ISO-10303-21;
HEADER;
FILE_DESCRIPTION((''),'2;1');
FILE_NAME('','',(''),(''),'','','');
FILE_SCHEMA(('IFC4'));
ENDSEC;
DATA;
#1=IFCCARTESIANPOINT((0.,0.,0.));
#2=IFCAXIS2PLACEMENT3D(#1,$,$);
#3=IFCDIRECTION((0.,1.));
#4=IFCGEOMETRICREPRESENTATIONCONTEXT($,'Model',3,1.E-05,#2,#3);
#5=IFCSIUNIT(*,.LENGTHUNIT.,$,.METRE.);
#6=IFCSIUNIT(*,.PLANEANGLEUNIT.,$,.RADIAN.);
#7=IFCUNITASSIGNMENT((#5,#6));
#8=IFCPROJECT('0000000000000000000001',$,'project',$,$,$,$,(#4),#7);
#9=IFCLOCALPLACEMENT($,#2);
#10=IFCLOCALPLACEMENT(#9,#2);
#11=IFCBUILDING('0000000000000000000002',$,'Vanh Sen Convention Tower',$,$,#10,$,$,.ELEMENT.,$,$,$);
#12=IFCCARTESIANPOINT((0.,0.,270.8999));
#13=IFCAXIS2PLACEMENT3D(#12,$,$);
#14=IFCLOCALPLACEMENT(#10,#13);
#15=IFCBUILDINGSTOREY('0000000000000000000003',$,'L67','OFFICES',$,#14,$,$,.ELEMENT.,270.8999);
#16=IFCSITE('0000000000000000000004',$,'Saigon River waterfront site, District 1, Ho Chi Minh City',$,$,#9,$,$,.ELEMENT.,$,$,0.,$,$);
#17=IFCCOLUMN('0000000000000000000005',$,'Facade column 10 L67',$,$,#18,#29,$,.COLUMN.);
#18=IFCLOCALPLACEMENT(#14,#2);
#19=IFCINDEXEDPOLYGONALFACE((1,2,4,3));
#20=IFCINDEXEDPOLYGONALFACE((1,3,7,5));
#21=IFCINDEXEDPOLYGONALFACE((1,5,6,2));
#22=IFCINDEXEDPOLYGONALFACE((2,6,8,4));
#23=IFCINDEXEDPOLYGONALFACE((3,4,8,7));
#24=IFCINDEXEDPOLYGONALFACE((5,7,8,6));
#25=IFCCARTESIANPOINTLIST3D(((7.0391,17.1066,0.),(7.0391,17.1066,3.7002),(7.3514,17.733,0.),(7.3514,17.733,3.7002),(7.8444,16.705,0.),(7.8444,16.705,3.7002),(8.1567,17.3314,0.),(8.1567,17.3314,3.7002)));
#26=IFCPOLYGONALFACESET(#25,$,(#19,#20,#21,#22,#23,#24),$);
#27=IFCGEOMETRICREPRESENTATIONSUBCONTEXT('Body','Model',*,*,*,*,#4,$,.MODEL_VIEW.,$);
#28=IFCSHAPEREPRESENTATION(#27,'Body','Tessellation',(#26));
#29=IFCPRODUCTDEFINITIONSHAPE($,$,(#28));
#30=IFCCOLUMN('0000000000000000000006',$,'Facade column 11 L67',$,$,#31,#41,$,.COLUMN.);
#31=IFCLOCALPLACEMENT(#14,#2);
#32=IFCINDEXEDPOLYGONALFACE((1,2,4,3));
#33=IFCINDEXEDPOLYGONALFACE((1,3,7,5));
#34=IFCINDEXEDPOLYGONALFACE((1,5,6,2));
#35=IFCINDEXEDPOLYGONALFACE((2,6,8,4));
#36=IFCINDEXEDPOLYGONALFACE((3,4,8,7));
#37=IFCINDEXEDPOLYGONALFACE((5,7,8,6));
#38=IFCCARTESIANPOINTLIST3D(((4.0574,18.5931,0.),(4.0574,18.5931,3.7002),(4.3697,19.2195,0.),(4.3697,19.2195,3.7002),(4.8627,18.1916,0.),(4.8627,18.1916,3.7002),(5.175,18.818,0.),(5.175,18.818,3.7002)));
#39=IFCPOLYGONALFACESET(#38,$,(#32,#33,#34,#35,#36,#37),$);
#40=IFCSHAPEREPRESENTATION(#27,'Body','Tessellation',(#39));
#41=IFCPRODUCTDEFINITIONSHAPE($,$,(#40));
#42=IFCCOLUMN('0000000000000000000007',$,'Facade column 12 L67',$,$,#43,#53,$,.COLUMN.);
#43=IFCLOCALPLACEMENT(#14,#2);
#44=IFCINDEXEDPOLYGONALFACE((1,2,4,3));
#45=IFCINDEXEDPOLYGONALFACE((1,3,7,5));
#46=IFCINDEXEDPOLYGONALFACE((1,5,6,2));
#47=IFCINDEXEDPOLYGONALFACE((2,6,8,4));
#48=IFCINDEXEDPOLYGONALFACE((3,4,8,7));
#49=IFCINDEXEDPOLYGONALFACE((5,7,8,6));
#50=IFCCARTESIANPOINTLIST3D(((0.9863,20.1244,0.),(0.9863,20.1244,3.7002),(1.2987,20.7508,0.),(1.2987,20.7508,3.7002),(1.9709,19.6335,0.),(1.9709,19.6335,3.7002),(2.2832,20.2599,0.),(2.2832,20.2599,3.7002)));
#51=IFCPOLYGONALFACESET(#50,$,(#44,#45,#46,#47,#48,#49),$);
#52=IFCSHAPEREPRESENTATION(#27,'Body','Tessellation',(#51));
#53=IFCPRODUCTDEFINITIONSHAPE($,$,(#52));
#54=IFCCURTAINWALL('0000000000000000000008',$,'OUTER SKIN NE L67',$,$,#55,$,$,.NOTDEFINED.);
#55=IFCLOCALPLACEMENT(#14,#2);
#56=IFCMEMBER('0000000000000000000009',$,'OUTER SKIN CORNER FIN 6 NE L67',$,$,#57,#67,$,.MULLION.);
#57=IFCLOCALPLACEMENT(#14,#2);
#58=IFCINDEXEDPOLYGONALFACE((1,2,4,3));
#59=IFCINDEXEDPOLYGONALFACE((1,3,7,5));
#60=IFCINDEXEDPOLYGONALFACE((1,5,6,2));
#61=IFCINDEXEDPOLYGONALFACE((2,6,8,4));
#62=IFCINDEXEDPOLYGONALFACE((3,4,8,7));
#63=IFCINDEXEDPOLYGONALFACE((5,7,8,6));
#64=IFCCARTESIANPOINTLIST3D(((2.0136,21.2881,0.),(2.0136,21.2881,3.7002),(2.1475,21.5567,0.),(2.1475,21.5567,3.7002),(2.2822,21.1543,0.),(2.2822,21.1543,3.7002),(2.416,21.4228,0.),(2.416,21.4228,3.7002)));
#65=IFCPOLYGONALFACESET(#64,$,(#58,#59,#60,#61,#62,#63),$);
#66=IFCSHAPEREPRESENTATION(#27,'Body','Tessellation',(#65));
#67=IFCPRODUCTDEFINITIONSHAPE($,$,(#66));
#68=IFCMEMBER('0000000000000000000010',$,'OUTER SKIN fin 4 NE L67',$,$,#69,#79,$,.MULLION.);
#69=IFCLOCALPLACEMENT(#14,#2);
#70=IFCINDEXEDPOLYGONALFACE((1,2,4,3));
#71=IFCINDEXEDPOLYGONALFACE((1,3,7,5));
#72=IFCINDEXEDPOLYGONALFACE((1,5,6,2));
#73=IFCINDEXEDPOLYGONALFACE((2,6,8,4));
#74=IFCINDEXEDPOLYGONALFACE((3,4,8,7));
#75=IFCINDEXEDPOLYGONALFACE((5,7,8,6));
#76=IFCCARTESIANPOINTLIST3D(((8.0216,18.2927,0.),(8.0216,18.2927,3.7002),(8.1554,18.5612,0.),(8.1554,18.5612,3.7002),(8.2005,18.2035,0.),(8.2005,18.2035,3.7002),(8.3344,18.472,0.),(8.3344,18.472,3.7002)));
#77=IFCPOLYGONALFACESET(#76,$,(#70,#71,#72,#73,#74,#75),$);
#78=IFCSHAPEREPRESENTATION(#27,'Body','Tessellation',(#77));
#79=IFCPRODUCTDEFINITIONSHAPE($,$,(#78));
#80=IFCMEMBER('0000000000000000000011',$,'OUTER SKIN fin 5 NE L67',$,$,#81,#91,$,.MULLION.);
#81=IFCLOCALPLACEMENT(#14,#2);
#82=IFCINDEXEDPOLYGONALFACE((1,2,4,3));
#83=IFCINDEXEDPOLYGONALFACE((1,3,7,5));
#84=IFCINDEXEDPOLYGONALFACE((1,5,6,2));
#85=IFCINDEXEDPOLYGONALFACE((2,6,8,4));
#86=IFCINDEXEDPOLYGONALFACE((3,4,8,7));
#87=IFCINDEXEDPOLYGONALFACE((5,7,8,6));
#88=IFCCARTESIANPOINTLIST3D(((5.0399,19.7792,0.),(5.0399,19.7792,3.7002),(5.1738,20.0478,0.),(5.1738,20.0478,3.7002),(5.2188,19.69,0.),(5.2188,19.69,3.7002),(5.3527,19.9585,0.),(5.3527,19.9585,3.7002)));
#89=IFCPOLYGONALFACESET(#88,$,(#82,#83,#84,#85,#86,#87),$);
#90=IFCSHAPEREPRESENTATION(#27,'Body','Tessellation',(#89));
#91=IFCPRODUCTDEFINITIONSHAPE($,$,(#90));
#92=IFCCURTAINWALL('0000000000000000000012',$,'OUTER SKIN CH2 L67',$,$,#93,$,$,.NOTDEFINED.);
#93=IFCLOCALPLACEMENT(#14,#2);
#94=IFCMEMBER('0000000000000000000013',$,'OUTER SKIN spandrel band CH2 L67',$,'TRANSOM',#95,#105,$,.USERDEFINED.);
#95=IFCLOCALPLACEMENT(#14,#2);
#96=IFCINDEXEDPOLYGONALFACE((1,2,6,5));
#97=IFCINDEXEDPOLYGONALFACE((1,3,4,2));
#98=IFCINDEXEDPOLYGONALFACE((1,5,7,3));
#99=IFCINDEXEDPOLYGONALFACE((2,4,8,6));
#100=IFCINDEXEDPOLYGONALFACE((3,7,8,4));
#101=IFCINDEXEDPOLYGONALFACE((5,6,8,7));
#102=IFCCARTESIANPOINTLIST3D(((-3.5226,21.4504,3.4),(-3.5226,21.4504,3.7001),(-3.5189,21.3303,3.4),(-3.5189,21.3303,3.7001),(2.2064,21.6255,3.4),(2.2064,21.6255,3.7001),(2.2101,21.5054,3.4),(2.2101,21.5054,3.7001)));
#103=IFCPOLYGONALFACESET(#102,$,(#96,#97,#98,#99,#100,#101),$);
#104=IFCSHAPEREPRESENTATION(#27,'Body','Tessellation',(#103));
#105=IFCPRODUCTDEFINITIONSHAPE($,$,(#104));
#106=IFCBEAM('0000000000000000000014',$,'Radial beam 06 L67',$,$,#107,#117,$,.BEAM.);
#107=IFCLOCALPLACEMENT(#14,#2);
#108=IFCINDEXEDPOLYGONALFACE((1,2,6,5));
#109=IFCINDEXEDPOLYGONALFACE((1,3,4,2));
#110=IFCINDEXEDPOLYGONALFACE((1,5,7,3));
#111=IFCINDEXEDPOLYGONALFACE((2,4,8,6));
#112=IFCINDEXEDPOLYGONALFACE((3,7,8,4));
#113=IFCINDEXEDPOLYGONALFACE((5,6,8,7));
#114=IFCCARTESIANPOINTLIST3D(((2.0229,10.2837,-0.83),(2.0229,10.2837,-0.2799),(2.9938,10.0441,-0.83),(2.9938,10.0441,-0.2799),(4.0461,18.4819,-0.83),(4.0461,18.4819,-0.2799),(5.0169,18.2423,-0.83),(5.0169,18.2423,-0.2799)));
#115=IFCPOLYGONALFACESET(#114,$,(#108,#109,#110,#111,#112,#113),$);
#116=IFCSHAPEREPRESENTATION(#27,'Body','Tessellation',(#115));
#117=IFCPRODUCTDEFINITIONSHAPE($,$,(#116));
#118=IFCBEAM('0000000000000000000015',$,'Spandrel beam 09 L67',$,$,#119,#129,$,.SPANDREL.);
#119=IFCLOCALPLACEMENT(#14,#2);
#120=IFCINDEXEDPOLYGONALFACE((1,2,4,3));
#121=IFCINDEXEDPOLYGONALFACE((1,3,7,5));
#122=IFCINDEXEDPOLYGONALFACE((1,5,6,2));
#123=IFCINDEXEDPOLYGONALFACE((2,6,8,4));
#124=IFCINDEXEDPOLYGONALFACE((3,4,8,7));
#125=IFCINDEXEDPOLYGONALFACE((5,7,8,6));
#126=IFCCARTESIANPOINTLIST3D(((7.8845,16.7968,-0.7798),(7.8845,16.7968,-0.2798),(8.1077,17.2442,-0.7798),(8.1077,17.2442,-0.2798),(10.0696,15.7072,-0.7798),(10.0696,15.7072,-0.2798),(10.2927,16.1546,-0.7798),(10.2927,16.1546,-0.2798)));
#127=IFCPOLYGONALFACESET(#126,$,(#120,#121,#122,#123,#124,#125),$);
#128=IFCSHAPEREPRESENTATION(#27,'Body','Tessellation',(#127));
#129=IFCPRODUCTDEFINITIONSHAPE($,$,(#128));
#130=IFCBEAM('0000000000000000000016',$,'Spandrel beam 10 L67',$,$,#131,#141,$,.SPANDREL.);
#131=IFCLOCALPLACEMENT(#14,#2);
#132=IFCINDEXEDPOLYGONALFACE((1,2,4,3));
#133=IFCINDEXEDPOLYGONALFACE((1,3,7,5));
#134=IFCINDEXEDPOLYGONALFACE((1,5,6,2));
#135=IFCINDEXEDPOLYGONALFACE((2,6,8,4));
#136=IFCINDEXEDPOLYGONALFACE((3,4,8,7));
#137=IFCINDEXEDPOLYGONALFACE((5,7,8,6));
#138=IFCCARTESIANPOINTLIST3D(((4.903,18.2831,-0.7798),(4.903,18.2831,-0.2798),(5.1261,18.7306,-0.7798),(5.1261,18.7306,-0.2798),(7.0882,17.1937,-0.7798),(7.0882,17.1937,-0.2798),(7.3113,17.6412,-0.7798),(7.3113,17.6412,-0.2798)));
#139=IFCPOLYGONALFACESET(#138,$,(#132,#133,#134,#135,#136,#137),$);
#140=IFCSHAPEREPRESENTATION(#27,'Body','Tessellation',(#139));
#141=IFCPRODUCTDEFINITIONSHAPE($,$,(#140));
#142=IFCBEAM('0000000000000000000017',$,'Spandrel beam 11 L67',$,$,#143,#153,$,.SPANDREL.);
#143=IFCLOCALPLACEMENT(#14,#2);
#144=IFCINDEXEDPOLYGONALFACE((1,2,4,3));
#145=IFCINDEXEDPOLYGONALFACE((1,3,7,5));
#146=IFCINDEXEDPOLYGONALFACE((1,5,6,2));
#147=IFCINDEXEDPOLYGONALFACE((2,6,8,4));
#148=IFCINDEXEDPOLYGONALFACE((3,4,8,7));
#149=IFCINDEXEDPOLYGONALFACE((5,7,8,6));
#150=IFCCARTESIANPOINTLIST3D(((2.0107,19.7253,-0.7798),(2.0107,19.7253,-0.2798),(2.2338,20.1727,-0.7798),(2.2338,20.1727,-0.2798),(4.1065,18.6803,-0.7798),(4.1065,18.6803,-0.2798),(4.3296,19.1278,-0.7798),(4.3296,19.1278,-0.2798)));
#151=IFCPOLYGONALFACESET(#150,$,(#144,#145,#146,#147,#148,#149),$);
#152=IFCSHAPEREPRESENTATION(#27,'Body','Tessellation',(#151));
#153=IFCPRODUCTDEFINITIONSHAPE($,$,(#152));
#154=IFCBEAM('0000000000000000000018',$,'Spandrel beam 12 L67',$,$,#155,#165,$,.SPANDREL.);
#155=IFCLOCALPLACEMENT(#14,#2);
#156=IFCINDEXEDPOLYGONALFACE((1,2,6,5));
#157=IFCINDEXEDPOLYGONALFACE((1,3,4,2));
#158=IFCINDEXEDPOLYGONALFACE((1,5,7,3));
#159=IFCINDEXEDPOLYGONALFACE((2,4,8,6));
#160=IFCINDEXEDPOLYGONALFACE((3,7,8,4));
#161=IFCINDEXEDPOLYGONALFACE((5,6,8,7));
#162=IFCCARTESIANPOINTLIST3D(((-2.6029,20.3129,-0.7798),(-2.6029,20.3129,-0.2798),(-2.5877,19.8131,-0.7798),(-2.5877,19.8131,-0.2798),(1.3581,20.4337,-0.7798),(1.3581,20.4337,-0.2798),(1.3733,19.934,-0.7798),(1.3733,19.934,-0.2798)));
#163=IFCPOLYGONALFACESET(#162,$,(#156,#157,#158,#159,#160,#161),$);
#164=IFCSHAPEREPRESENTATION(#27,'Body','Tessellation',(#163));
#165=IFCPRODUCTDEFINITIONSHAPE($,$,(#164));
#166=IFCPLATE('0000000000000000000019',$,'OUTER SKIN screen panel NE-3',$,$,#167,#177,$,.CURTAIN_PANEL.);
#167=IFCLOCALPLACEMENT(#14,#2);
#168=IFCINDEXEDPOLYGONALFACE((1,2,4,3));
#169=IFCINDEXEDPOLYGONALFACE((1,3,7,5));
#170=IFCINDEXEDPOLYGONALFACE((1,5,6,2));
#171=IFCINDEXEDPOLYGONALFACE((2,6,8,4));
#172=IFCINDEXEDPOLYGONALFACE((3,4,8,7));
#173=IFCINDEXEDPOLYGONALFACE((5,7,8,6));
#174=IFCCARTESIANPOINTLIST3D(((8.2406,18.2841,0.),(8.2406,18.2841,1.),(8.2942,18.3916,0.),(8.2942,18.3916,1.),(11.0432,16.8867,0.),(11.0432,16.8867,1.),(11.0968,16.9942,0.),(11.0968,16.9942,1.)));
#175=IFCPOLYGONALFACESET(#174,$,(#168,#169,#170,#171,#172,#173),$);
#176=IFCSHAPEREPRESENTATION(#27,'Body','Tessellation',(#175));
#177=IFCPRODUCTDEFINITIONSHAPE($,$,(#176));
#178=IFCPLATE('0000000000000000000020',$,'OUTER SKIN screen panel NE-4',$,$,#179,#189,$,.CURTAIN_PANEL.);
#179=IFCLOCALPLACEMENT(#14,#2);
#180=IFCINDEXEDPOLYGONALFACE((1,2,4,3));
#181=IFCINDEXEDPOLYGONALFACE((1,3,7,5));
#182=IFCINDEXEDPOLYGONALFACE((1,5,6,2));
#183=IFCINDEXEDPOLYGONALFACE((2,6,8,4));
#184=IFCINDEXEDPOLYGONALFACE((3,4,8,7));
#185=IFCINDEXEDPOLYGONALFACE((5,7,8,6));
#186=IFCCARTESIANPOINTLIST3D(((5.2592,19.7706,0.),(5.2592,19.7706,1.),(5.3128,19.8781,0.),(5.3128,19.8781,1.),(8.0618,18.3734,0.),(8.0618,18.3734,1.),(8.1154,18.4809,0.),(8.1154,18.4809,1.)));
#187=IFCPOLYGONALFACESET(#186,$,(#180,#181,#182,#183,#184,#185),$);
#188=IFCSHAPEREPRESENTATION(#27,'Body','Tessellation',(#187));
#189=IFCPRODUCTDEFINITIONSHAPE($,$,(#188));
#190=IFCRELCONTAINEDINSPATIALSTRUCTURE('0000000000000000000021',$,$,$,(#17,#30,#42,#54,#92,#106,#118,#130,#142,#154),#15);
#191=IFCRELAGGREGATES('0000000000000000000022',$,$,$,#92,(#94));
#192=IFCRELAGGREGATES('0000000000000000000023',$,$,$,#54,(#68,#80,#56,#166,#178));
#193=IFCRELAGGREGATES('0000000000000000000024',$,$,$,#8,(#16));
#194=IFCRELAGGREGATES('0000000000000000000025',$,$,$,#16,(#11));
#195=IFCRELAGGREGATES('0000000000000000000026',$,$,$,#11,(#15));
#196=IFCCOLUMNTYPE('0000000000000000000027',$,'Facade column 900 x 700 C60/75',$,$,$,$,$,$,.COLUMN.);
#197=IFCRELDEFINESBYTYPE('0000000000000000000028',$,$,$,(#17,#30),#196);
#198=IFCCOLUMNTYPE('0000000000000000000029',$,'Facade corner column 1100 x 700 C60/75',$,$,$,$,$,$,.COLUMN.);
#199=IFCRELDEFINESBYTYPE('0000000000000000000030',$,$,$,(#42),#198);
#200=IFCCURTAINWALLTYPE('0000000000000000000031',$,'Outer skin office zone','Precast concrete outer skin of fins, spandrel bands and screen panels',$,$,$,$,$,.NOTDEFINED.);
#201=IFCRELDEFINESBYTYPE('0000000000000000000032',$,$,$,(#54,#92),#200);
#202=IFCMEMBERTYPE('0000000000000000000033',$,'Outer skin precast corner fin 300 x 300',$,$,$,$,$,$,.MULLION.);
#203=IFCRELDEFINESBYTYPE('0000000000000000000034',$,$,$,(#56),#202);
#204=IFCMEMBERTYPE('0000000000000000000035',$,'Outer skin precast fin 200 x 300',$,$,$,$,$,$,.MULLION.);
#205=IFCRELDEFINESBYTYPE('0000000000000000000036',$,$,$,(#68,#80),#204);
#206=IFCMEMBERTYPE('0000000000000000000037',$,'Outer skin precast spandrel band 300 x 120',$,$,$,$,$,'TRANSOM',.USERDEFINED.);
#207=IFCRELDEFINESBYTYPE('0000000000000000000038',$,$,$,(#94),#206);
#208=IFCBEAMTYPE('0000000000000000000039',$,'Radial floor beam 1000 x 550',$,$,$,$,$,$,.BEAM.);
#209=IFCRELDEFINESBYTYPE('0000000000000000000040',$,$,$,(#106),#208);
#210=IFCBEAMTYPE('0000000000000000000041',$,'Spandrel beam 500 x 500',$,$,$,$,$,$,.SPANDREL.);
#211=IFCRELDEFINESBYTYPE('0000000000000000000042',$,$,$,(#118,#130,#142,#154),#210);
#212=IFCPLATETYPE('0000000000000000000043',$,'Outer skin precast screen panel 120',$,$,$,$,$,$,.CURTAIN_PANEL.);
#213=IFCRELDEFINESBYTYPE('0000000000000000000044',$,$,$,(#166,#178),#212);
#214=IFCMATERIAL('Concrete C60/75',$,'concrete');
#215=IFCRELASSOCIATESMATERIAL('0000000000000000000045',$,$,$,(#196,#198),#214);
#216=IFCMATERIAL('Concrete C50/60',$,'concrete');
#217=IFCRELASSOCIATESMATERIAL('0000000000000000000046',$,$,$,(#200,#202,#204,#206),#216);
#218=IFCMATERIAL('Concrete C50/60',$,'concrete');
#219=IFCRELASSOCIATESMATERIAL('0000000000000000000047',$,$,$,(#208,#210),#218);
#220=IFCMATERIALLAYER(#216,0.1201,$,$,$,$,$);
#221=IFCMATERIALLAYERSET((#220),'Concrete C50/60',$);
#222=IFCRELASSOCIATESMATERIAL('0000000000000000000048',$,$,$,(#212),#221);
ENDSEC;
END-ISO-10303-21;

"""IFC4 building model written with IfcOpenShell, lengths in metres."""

from ifc_helpers import new_model, si_unit, direction, frame, origin, origin_2d, place, context, subcontext, project, spatial, rectangle, extrude, material, layer, layer_set, material_profile, profile_set, type_object, element, aggregate, save


model = new_model("IFC4")

# Units and contexts
model_context = context("Model", 3, precision=1e-05, world=origin(), true_north=direction((0.0, 1.0)))
body_context = subcontext(model_context, "Body", "Model", "MODEL_VIEW")
ifc_project = project(units=[si_unit("LENGTHUNIT", "METRE"), si_unit("PLANEANGLEUNIT", "RADIAN")], contexts=[model_context])

# Site, building, storey
site_placement = place(None, origin())
site = spatial("IfcSite", under=ifc_project, at=site_placement, Name="Saigon River waterfront site, District 1, Ho Chi Minh City", CompositionType="ELEMENT", RefElevation=0.0)
building_placement = place(site_placement, origin())
building = spatial("IfcBuilding", under=site, at=building_placement, Name="Vanh Sen Convention Tower", CompositionType="ELEMENT")
storey_placement = place(building_placement, frame((0.0, 0.0, 270.8999)))
storey = spatial("IfcBuildingStorey", under=building, at=storey_placement, Name="L67", Description="OFFICES", CompositionType="ELEMENT", Elevation=270.8999)

# Columns
ifc_material_1 = material(Name="Concrete C60/75", Category="concrete")
ifc_material_profile_1 = material_profile(ifc_material_1, rectangle(XDim=0.8999, YDim=0.7, at=origin_2d()), Name="RC 900X700")
ifc_profile_set_1 = profile_set([ifc_material_profile_1], Name="Concrete C60/75")
column_type_1 = type_object("IfcColumnType", Name="Facade column 900 x 700 C60/75", PredefinedType="COLUMN", material=ifc_profile_set_1)
for number, where, z_axis, x_axis, name in (
    (1, (7.5979, 17.219, 0.0), (0.0, 0.0, 1.0), (-0.894934, 0.446198, 0.0), "Facade column 10 L67"),
    (2, (4.6162, 18.7056, 0.0), (0.0, 0.0, 1.0), (-0.894934, 0.446198, 0.0), "Facade column 11 L67"),
):
    element("IfcColumn", number, at=place(storey_placement, frame(where, z_axis=z_axis, x_axis=x_axis)), inside=storey, type_object=column_type_1, Name=name, PredefinedType="COLUMN", context=body_context, shape_type="SweptSolid", body=[
        extrude(rectangle(XDim=0.8999, YDim=0.7, at=origin_2d()), origin(), (0.0, 0.0, 1.0), 3.7002),
    ])
ifc_material_profile_2 = material_profile(ifc_material_1, rectangle(XDim=1.1001, YDim=0.7, at=origin_2d()), Name="RC 1100X700")
ifc_profile_set_2 = profile_set([ifc_material_profile_2], Name="Concrete C60/75")
column_type_2 = type_object("IfcColumnType", Name="Facade corner column 1100 x 700 C60/75", PredefinedType="COLUMN", material=ifc_profile_set_2)
column_placement = place(storey_placement, frame((1.6348, 20.1921, 0.0), z_axis=(0.0, 0.0, 1.0), x_axis=(-0.894934, 0.446198, 0.0)))
element("IfcColumn", 3, at=column_placement, inside=storey, type_object=column_type_2, Name="Facade column 12 L67", PredefinedType="COLUMN", context=body_context, shape_type="SweptSolid", body=[
    extrude(rectangle(XDim=1.1001, YDim=0.7, at=origin_2d()), origin(), (0.0, 0.0, 1.0), 3.7002),
])

# Curtain wall, members
ifc_material_2 = material(Name="Concrete C50/60", Category="concrete")
curtain_wall_type = type_object("IfcCurtainWallType", Name="Outer skin office zone", Description="Precast concrete outer skin of fins, spandrel bands and screen panels", PredefinedType="NOTDEFINED", material=ifc_material_2)
curtain_wall_1_placement = place(storey_placement, origin())
curtain_wall_1 = element("IfcCurtainWall", 4, at=curtain_wall_1_placement, inside=storey, type_object=curtain_wall_type, Name="OUTER SKIN NE L67", PredefinedType="NOTDEFINED")
ifc_material_profile_3 = material_profile(ifc_material_2, rectangle(XDim=0.3, YDim=0.3, at=origin_2d()), Name="Outer skin precast corner fin 300 x 300")
ifc_profile_set_3 = profile_set([ifc_material_profile_3], Name="Concrete C50/60")
member_type_1 = type_object("IfcMemberType", Name="Outer skin precast corner fin 300 x 300", PredefinedType="MULLION", material=ifc_profile_set_3)
member_1_placement = place(storey_placement, frame((2.2148, 21.3555, 0.0), z_axis=(0.0, 0.0, 1.0), x_axis=(-0.894934, 0.446198, 0.0)))
member_1 = element("IfcMember", 5, at=member_1_placement, type_object=member_type_1, Name="OUTER SKIN CORNER FIN 6 NE L67", PredefinedType="MULLION", context=body_context, shape_type="SweptSolid", body=[
    extrude(rectangle(XDim=0.3, YDim=0.3, at=origin_2d()), origin(), (0.0, 0.0, 1.0), 3.7002),
])
ifc_material_profile_4 = material_profile(ifc_material_2, rectangle(XDim=0.2, YDim=0.3, at=origin_2d()), Name="Outer skin precast fin 200 x 300")
ifc_profile_set_4 = profile_set([ifc_material_profile_4], Name="Concrete C50/60")
member_type_2 = type_object("IfcMemberType", Name="Outer skin precast fin 200 x 300", PredefinedType="MULLION", material=ifc_profile_set_4)
member_2_placement = place(storey_placement, frame((8.178, 18.3823, 0.0), z_axis=(0.0, 0.0, 1.0), x_axis=(-0.894934, 0.446198, 0.0)))
member_2 = element("IfcMember", 6, at=member_2_placement, type_object=member_type_2, Name="OUTER SKIN fin 4 NE L67", PredefinedType="MULLION", context=body_context, shape_type="SweptSolid", body=[
    extrude(rectangle(XDim=0.2, YDim=0.3, at=origin_2d()), origin(), (0.0, 0.0, 1.0), 3.7002),
])
member_3_placement = place(storey_placement, frame((5.1963, 19.8689, 0.0), z_axis=(0.0, 0.0, 1.0), x_axis=(-0.894934, 0.446198, 0.0)))
member_3 = element("IfcMember", 7, at=member_3_placement, type_object=member_type_2, Name="OUTER SKIN fin 5 NE L67", PredefinedType="MULLION", context=body_context, shape_type="SweptSolid", body=[
    extrude(rectangle(XDim=0.2, YDim=0.3, at=origin_2d()), origin(), (0.0, 0.0, 1.0), 3.7002),
])

# Curtain wall, member
curtain_wall_2_placement = place(storey_placement, origin())
curtain_wall_2 = element("IfcCurtainWall", 8, at=curtain_wall_2_placement, inside=storey, type_object=curtain_wall_type, Name="OUTER SKIN CH2 L67", PredefinedType="NOTDEFINED")
ifc_material_profile_5 = material_profile(ifc_material_2, rectangle(XDim=0.1201, YDim=0.3, at=origin_2d()), Name="Outer skin precast spandrel band 300 x 120")
ifc_profile_set_5 = profile_set([ifc_material_profile_5], Name="Concrete C50/60")
member_type_3 = type_object("IfcMemberType", Name="Outer skin precast spandrel band 300 x 120", ElementType="TRANSOM", PredefinedType="USERDEFINED", material=ifc_profile_set_5)
member_4_placement = place(storey_placement, frame((2.2083, 21.5654, 3.55), z_axis=(-0.999534, -0.030541, 0.0), x_axis=(0.030541, -0.999534, 0.0)))
member_4 = element("IfcMember", 9, at=member_4_placement, type_object=member_type_3, Name="OUTER SKIN spandrel band CH2 L67", ObjectType="TRANSOM", PredefinedType="USERDEFINED", context=body_context, shape_type="SweptSolid", body=[
    extrude(rectangle(XDim=0.1201, YDim=0.3, at=origin_2d()), origin(), (0.0, 0.0, 1.0), 5.7317),
])
aggregate(curtain_wall_2, [member_4])

# Beams
ifc_material_3 = material(Name="Concrete C50/60", Category="concrete")
ifc_material_profile_6 = material_profile(ifc_material_3, rectangle(XDim=1.0, YDim=0.55, at=origin_2d()), Name="RC 1000X550")
ifc_profile_set_6 = profile_set([ifc_material_profile_6], Name="Concrete C50/60")
beam_type_1 = type_object("IfcBeamType", Name="Radial floor beam 1000 x 550", PredefinedType="BEAM", material=ifc_profile_set_6)
beam_1_placement = place(storey_placement, frame((4.5315, 18.3621, -0.5549), z_axis=(-0.239596, -0.970873, 0.0), x_axis=(0.970873, -0.239596, 0.0)))
element("IfcBeam", 10, at=beam_1_placement, inside=storey, type_object=beam_type_1, Name="Radial beam 06 L67", PredefinedType="BEAM", context=body_context, shape_type="SweptSolid", body=[
    extrude(rectangle(XDim=1.0, YDim=0.55, at=origin_2d()), origin(), (0.0, 0.0, 1.0), 8.4441),
])
ifc_material_profile_7 = material_profile(ifc_material_3, rectangle(XDim=0.5, YDim=0.5, at=origin_2d()), Name="RC 500X500")
ifc_profile_set_7 = profile_set([ifc_material_profile_7], Name="Concrete C50/60")
beam_type_2 = type_object("IfcBeamType", Name="Spandrel beam 500 x 500", PredefinedType="SPANDREL", material=ifc_profile_set_7)
for number, where, z_axis, x_axis, name in (
    (11, (10.1812, 15.9309, -0.5298), (-0.894907, 0.446253, 0.0), (-0.446253, -0.894907, 0.0), "Spandrel beam 09 L67"),
    (12, (7.1997, 17.4175, -0.5298), (-0.894947, 0.446173, 0.0), (-0.446173, -0.894947, 0.0), "Spandrel beam 10 L67"),
):
    element("IfcBeam", number, at=place(storey_placement, frame(where, z_axis=z_axis, x_axis=x_axis)), inside=storey, type_object=beam_type_2, Name=name, PredefinedType="SPANDREL", context=body_context, shape_type="SweptSolid", body=[
        extrude(rectangle(XDim=0.5, YDim=0.5, at=origin_2d()), origin(), (0.0, 0.0, 1.0), 2.4417),
    ])
beam_2_placement = place(storey_placement, frame((4.218, 18.9041, -0.5298), z_axis=(-0.894927, 0.446212, 0.0), x_axis=(-0.446212, -0.894927, 0.0)))
element("IfcBeam", 13, at=beam_2_placement, inside=storey, type_object=beam_type_2, Name="Spandrel beam 11 L67", PredefinedType="SPANDREL", context=body_context, shape_type="SweptSolid", body=[
    extrude(rectangle(XDim=0.5, YDim=0.5, at=origin_2d()), origin(), (0.0, 0.0, 1.0), 2.3418),
])
beam_3_placement = place(storey_placement, frame((1.3657, 20.1838, -0.5298), z_axis=(-0.999535, -0.030496, 0.0), x_axis=(0.030496, -0.999535, 0.0)))
element("IfcBeam", 14, at=beam_3_placement, inside=storey, type_object=beam_type_2, Name="Spandrel beam 12 L67", PredefinedType="SPANDREL", context=body_context, shape_type="SweptSolid", body=[
    extrude(rectangle(XDim=0.5, YDim=0.5, at=origin_2d()), origin(), (0.0, 0.0, 1.0), 3.9629),
])

# Plates
ifc_layer_1 = layer(ifc_material_2, 0.1201)
ifc_layer_set_1 = layer_set([ifc_layer_1], Name="Concrete C50/60")
plate_type = type_object("IfcPlateType", Name="Outer skin precast screen panel 120", PredefinedType="CURTAIN_PANEL", material=ifc_layer_set_1)
plate_1_placement = place(storey_placement, frame((9.6687, 17.6392, 0.0), z_axis=(0.0, 0.0, 1.0), x_axis=(-0.894931, 0.446204, 0.0)))
plate_1 = element("IfcPlate", 15, at=plate_1_placement, type_object=plate_type, Name="OUTER SKIN screen panel NE-3", PredefinedType="CURTAIN_PANEL", context=body_context, shape_type="SweptSolid", body=[
    extrude(rectangle(XDim=3.1316, YDim=0.1201, at=origin_2d()), origin(), (0.0, 0.0, 1.0), 1.0),
])
plate_2_placement = place(storey_placement, frame((6.6873, 19.1257, 0.0), z_axis=(0.0, 0.0, 1.0), x_axis=(-0.894943, 0.446181, 0.0)))
plate_2 = element("IfcPlate", 16, at=plate_2_placement, type_object=plate_type, Name="OUTER SKIN screen panel NE-4", PredefinedType="CURTAIN_PANEL", context=body_context, shape_type="SweptSolid", body=[
    extrude(rectangle(XDim=3.1316, YDim=0.1201, at=origin_2d()), origin(), (0.0, 0.0, 1.0), 1.0),
])
aggregate(curtain_wall_1, [member_2, member_3, member_1, plate_1, plate_2])

save(model, "model.ifc")
